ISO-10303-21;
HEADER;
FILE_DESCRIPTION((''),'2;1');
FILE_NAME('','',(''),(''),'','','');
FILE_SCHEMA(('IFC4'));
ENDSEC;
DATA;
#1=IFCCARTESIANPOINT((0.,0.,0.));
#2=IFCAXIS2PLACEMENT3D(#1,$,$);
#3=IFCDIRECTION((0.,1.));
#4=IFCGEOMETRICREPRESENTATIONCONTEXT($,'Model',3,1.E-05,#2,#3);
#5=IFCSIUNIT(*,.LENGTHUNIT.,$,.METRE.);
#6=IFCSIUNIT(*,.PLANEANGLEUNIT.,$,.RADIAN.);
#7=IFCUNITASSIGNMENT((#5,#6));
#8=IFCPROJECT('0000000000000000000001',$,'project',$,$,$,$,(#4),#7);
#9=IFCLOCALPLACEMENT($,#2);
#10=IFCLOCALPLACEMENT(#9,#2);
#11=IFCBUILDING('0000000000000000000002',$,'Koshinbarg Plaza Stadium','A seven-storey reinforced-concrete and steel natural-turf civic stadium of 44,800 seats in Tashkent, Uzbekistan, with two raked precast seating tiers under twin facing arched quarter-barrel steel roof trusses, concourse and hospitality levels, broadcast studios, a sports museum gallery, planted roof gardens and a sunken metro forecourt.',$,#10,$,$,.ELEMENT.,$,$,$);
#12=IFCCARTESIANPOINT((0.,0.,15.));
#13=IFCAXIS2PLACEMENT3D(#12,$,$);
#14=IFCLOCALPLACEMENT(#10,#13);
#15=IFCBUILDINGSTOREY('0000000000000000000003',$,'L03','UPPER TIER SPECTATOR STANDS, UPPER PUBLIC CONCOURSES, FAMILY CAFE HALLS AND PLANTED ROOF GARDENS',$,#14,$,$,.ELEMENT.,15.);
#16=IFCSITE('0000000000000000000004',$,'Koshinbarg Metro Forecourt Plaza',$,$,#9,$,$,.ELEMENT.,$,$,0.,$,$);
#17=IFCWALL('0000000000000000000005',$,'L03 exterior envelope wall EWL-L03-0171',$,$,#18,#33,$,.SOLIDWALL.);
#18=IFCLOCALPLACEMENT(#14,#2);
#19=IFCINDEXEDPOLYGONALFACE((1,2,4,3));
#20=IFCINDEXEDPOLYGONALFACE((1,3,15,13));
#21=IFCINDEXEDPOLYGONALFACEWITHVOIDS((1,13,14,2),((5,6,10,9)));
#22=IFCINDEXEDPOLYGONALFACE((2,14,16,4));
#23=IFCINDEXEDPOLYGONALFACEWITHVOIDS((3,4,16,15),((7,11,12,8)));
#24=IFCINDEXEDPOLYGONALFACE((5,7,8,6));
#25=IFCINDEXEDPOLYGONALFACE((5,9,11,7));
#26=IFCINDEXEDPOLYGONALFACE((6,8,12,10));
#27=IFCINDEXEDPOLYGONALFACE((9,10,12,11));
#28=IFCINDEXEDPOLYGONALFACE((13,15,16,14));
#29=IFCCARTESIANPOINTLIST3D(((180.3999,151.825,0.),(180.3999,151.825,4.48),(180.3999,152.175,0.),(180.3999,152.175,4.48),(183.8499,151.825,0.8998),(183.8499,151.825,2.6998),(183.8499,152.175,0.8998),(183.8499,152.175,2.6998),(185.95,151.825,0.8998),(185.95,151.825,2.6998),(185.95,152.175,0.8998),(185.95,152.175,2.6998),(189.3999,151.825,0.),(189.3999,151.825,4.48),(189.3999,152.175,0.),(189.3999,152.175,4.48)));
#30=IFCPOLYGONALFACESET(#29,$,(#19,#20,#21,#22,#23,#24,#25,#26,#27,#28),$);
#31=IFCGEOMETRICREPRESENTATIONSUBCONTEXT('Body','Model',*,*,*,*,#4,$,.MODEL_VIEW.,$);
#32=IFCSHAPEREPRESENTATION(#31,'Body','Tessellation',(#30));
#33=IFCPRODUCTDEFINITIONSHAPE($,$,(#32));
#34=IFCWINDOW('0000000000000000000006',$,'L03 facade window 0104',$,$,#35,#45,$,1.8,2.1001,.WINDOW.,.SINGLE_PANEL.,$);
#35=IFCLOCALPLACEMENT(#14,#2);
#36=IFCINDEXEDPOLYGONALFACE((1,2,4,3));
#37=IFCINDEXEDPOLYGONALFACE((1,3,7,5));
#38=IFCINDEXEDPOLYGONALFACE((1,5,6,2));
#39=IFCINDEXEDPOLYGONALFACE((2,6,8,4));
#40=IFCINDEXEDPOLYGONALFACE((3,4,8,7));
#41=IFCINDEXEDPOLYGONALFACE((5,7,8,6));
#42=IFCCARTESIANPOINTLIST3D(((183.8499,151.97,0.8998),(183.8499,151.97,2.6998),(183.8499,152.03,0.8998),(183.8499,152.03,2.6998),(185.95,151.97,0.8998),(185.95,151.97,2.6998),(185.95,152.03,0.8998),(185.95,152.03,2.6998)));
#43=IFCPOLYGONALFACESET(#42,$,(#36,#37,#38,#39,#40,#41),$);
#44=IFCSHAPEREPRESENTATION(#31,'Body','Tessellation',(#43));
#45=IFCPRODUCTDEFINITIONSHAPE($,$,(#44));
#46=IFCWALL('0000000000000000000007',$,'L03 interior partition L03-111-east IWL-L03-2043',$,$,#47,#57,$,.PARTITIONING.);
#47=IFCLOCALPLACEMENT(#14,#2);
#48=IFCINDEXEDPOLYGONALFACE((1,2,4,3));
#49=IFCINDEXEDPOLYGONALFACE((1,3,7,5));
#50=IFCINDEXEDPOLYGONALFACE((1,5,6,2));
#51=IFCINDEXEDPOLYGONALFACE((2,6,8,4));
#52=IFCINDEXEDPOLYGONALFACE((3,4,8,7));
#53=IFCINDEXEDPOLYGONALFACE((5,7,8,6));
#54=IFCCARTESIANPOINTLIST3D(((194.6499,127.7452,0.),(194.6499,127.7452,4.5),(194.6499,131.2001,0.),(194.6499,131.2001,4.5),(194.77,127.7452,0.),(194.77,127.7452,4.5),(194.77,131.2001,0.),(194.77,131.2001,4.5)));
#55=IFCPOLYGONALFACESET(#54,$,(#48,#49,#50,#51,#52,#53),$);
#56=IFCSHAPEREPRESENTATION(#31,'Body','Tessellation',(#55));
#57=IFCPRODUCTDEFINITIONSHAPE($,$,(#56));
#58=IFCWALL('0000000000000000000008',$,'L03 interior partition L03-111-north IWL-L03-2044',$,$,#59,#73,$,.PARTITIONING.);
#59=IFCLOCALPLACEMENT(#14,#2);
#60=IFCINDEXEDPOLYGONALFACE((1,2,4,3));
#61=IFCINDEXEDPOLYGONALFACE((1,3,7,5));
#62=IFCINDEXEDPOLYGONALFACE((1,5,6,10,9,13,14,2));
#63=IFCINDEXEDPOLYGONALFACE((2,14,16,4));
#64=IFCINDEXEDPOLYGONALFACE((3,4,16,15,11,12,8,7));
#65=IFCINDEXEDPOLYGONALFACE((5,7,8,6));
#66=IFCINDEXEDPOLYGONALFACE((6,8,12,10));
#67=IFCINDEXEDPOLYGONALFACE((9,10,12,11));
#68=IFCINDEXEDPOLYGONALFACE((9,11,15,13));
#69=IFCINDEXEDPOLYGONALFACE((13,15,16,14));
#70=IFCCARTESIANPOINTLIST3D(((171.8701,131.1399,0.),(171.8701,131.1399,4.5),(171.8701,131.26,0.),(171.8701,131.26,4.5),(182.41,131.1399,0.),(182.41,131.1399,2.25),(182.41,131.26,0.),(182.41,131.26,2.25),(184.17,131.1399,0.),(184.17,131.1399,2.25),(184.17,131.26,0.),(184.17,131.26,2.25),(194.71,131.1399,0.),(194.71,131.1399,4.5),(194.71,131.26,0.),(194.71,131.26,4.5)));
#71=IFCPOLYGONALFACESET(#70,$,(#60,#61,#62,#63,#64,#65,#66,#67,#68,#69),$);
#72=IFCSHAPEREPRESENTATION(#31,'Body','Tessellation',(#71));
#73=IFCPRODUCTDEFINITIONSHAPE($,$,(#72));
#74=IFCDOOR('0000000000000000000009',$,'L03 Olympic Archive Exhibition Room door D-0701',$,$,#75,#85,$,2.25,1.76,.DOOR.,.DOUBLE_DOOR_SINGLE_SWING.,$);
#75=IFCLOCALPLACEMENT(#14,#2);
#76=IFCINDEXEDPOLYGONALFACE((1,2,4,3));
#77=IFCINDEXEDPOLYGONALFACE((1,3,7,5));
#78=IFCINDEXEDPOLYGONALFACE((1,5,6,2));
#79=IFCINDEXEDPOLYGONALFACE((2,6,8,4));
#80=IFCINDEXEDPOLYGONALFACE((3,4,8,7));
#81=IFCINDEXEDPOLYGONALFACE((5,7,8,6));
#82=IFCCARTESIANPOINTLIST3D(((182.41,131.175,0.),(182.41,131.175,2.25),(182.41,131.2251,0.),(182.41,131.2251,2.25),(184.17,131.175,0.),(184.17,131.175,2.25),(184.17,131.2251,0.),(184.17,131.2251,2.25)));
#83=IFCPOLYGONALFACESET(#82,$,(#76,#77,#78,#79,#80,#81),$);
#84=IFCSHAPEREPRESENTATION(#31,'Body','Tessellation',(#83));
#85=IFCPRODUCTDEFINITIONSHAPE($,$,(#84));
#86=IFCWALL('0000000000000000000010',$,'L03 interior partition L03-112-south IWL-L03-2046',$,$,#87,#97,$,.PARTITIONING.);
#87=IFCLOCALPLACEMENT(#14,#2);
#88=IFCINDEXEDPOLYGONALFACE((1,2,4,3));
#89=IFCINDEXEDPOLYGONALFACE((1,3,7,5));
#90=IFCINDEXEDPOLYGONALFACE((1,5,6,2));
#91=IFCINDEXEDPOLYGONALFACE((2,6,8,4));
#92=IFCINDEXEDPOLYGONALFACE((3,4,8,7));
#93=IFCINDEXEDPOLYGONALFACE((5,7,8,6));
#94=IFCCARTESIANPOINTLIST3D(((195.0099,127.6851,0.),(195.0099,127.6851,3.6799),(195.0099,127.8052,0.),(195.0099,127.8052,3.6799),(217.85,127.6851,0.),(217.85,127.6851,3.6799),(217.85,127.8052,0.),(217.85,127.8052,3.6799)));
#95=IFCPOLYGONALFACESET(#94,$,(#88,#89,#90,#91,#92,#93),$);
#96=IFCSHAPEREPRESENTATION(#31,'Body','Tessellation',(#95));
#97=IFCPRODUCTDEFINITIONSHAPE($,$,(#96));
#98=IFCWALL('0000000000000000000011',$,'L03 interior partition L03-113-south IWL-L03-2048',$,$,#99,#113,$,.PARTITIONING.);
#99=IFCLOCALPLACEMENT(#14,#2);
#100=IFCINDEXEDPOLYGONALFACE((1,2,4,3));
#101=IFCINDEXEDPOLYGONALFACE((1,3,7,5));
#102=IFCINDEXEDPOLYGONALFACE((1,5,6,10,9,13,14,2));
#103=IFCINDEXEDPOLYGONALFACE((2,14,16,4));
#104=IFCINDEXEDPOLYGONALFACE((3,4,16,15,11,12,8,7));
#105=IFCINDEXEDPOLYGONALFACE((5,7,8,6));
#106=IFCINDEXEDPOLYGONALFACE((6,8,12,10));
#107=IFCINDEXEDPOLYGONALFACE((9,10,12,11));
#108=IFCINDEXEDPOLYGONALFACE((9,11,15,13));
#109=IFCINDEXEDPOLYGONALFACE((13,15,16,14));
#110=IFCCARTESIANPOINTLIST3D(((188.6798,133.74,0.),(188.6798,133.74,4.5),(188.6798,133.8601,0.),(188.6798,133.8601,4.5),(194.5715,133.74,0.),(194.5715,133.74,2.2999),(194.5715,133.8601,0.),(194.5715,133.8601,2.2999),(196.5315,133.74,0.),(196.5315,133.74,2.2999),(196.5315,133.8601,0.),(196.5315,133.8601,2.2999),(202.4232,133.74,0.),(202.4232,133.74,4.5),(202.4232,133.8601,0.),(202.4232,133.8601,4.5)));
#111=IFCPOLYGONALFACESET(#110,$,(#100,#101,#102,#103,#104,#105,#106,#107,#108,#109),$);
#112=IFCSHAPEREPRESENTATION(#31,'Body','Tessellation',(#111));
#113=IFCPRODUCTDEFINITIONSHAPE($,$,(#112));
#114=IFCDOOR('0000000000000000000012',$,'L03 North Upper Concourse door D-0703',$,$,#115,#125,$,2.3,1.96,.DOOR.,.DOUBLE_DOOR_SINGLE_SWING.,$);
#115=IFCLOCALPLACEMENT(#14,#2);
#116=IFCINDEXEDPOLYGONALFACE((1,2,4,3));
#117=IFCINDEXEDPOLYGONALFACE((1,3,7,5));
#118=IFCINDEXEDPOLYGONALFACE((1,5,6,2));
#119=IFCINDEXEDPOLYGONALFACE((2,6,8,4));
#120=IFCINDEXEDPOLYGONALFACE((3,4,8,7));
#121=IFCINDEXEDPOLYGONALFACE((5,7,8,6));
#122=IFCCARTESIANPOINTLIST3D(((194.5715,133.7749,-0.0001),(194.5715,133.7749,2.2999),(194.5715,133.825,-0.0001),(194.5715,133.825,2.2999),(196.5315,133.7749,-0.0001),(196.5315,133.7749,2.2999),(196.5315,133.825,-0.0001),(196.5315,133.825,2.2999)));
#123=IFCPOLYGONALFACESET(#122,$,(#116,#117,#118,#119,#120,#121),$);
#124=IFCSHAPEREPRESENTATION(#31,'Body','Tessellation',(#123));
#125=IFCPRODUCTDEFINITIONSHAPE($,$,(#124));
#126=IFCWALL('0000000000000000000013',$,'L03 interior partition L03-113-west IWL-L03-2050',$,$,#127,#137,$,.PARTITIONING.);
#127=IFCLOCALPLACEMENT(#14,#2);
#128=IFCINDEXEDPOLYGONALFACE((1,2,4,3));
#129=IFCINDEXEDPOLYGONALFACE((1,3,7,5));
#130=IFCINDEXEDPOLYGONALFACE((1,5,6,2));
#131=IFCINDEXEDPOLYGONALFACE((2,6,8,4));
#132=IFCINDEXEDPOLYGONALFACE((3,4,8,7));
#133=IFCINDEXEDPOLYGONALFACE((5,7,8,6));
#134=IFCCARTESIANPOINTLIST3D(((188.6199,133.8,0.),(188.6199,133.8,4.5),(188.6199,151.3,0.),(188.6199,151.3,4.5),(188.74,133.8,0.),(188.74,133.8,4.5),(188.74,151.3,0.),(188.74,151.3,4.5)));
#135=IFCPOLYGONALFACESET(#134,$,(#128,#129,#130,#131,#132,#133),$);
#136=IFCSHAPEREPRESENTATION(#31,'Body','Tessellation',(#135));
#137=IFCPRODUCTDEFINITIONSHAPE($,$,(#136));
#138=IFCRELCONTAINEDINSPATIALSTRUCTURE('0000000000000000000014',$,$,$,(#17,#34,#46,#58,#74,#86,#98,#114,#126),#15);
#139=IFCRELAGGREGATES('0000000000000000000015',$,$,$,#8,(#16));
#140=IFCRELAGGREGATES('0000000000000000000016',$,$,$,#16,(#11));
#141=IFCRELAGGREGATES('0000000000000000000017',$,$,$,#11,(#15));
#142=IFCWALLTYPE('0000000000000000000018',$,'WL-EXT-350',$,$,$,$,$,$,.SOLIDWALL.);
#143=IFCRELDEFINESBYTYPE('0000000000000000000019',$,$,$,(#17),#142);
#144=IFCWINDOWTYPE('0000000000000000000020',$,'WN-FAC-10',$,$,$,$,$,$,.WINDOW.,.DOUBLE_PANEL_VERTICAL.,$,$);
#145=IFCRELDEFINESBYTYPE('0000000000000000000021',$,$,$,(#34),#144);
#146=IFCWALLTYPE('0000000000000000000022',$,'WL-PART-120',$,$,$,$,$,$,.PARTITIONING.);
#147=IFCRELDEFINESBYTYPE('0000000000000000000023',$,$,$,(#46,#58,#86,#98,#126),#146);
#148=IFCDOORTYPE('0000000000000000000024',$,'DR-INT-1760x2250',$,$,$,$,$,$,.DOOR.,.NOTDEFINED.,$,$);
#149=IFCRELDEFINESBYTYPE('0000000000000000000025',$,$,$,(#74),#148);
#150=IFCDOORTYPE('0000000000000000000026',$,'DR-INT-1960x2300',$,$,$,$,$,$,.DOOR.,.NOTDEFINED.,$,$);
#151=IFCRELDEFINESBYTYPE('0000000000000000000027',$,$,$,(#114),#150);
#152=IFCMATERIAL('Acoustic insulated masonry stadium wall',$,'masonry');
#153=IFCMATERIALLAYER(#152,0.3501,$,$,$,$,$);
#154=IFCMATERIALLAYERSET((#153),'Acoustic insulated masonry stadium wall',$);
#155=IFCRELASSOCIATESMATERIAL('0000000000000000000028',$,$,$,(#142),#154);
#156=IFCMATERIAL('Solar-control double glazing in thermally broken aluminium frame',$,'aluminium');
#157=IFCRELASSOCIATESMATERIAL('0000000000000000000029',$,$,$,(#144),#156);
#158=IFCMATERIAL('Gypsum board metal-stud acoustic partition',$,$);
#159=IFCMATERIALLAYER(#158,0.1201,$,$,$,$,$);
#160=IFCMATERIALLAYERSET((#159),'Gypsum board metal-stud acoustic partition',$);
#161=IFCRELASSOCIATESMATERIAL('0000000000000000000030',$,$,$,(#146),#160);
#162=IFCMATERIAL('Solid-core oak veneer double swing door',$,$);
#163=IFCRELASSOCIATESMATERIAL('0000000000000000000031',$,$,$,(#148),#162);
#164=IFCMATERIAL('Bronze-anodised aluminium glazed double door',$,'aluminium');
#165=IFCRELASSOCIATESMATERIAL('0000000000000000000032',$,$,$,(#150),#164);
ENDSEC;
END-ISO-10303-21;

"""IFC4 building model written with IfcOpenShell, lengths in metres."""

from ifc_helpers import new_model, si_unit, direction, frame, frame_2d, origin, place, context, subcontext, project, spatial, rectangle, extrude, material, layer, layer_set, type_object, element, fill, save


model = new_model("IFC4")

# Units and contexts
model_context = context("Model", 3, precision=1e-05, world=origin(), true_north=direction((0.0, 1.0)))
body_context = subcontext(model_context, "Body", "Model", "MODEL_VIEW")
ifc_project = project(units=[si_unit("LENGTHUNIT", "METRE"), si_unit("PLANEANGLEUNIT", "RADIAN")], contexts=[model_context])

# Site, building, storey
site_placement = place(None, origin())
site = spatial("IfcSite", under=ifc_project, at=site_placement, Name="Koshinbarg Metro Forecourt Plaza", CompositionType="ELEMENT", RefElevation=0.0)
building_placement = place(site_placement, origin())
building = spatial("IfcBuilding", under=site, at=building_placement, Name="Koshinbarg Plaza Stadium", Description="A seven-storey reinforced-concrete and steel natural-turf civic stadium of 44,800 seats in Tashkent, Uzbekistan, with two raked precast seating tiers under twin facing arched quarter-barrel steel roof trusses, concourse and hospitality levels, broadcast studios, a sports museum gallery, planted roof gardens and a sunken metro forecourt.", CompositionType="ELEMENT")
storey_placement = place(building_placement, frame((0.0, 0.0, 15.0)))
storey = spatial("IfcBuildingStorey", under=building, at=storey_placement, Name="L03", Description="UPPER TIER SPECTATOR STANDS, UPPER PUBLIC CONCOURSES, FAMILY CAFE HALLS AND PLANTED ROOF GARDENS", CompositionType="ELEMENT", Elevation=15.0)

# Wall, opening, window
ifc_material_1 = material(Name="Solar-control double glazing in thermally broken aluminium frame", Category="aluminium")
ifc_material_2 = material(Name="Acoustic insulated masonry stadium wall", Category="masonry")
ifc_layer_1 = layer(ifc_material_2, 0.3501)
ifc_layer_set_1 = layer_set([ifc_layer_1], Name="Acoustic insulated masonry stadium wall")
wall_type_1 = type_object("IfcWallType", Name="WL-EXT-350", PredefinedType="SOLIDWALL", material=ifc_layer_set_1)
wall_1_placement = place(storey_placement, frame((180.3999, 152.0, 0.0), z_axis=(0.0, 0.0, 1.0), x_axis=(1.0, 0.0, 0.0)))
wall_1 = element("IfcWall", 1, at=wall_1_placement, inside=storey, type_object=wall_type_1, Name="L03 exterior envelope wall EWL-L03-0171", PredefinedType="SOLIDWALL", context=body_context, shape_type="SweptSolid", body=[
    extrude(rectangle(XDim=9.0, YDim=0.3501, at=frame_2d((4.5, 0.0))), origin(), (0.0, 0.0, 1.0), 4.48),
])
opening_1_placement = place(wall_1_placement, frame((3.45, 0.0, 0.8999)))
opening_1 = element("IfcOpeningElement", 2, at=opening_1_placement, cuts=wall_1, PredefinedType="OPENING", context=body_context, shape_type="SweptSolid", body=[
    extrude(rectangle(XDim=2.1001, YDim=1.8, at=frame_2d((1.05, 0.8999))), frame((0.0, 0.1851, 0.0), z_axis=(0.0, -1.0, 0.0), x_axis=(1.0, 0.0, 0.0)), (0.0, 0.0, 1.0), 0.3701),
])
window_type_1 = type_object("IfcWindowType", Name="WN-FAC-10", PartitioningType="DOUBLE_PANEL_VERTICAL", PredefinedType="WINDOW", material=ifc_material_1)
window_1_placement = place(opening_1_placement, origin())
window_1 = element("IfcWindow", 3, at=window_1_placement, inside=storey, type_object=window_type_1, Name="L03 facade window 0104", OverallHeight=1.8, OverallWidth=2.1001, PartitioningType="SINGLE_PANEL", PredefinedType="WINDOW", context=body_context, shape_type="SweptSolid", body=[
    extrude(rectangle(XDim=2.1001, YDim=1.8, at=frame_2d((1.05, 0.8999))), frame((0.0, 0.03, 0.0), z_axis=(0.0, -1.0, 0.0), x_axis=(1.0, 0.0, 0.0)), (0.0, 0.0, 1.0), 0.0601),
])
fill(opening_1, window_1)

# Wall
ifc_material_3 = material(Name="Gypsum board metal-stud acoustic partition")
ifc_layer_2 = layer(ifc_material_3, 0.1201)
ifc_layer_set_2 = layer_set([ifc_layer_2], Name="Gypsum board metal-stud acoustic partition")
wall_type_2 = type_object("IfcWallType", Name="WL-PART-120", PredefinedType="PARTITIONING", material=ifc_layer_set_2)
wall_2_placement = place(storey_placement, frame((194.71, 127.7451, 0.0), z_axis=(0.0, 0.0, 1.0), x_axis=(0.0, 1.0, 0.0)))
element("IfcWall", 4, at=wall_2_placement, inside=storey, type_object=wall_type_2, Name="L03 interior partition L03-111-east IWL-L03-2043", PredefinedType="PARTITIONING", context=body_context, shape_type="SweptSolid", body=[
    extrude(rectangle(XDim=3.4548, YDim=0.1201, at=frame_2d((1.7275, 0.0))), origin(), (0.0, 0.0, 1.0), 4.5),
])

# Wall, opening, door
wall_3_placement = place(storey_placement, frame((194.71, 131.2, 0.0), z_axis=(0.0, 0.0, 1.0), x_axis=(-1.0, 0.0, 0.0)))
wall_3 = element("IfcWall", 5, at=wall_3_placement, inside=storey, type_object=wall_type_2, Name="L03 interior partition L03-111-north IWL-L03-2044", PredefinedType="PARTITIONING", context=body_context, shape_type="SweptSolid", body=[
    extrude(rectangle(XDim=22.8398, YDim=0.1201, at=frame_2d((11.4199, 0.0))), origin(), (0.0, 0.0, 1.0), 4.5),
])
opening_2_placement = place(wall_3_placement, frame((10.54, 0.0, 0.0)))
opening_2 = element("IfcOpeningElement", 6, at=opening_2_placement, cuts=wall_3, PredefinedType="OPENING", context=body_context, shape_type="SweptSolid", body=[
    extrude(rectangle(XDim=1.76, YDim=2.25, at=frame_2d((0.8799, 1.125))), frame((0.0, 0.0701, 0.0), z_axis=(0.0, -1.0, 0.0), x_axis=(1.0, 0.0, 0.0)), (0.0, 0.0, 1.0), 0.1401),
])
ifc_material_4 = material(Name="Solid-core oak veneer double swing door")
door_type_1 = type_object("IfcDoorType", Name="DR-INT-1760x2250", OperationType="NOTDEFINED", PredefinedType="DOOR", material=ifc_material_4)
door_1_placement = place(opening_2_placement, origin())
door_1 = element("IfcDoor", 7, at=door_1_placement, inside=storey, type_object=door_type_1, Name="L03 Olympic Archive Exhibition Room door D-0701", OperationType="DOUBLE_DOOR_SINGLE_SWING", OverallHeight=2.25, OverallWidth=1.76, PredefinedType="DOOR", context=body_context, shape_type="SweptSolid", body=[
    extrude(rectangle(XDim=1.76, YDim=2.25, at=frame_2d((0.8799, 1.125))), frame((0.0, 0.0249, 0.0), z_axis=(0.0, -1.0, 0.0), x_axis=(1.0, 0.0, 0.0)), (0.0, 0.0, 1.0), 0.05),
])
fill(opening_2, door_1)

# Wall
wall_4_placement = place(storey_placement, frame((195.01, 127.7451, 0.0), z_axis=(0.0, 0.0, 1.0), x_axis=(1.0, 0.0, 0.0)))
element("IfcWall", 8, at=wall_4_placement, inside=storey, type_object=wall_type_2, Name="L03 interior partition L03-112-south IWL-L03-2046", PredefinedType="PARTITIONING", context=body_context, shape_type="SweptSolid", body=[
    extrude(rectangle(XDim=22.8401, YDim=0.1201, at=frame_2d((11.4199, 0.0))), origin(), (0.0, 0.0, 1.0), 3.6799),
])

# Wall, opening, door
wall_5_placement = place(storey_placement, frame((188.6799, 133.8, 0.0), z_axis=(0.0, 0.0, 1.0), x_axis=(1.0, 0.0, 0.0)))
wall_5 = element("IfcWall", 9, at=wall_5_placement, inside=storey, type_object=wall_type_2, Name="L03 interior partition L03-113-south IWL-L03-2048", PredefinedType="PARTITIONING", context=body_context, shape_type="SweptSolid", body=[
    extrude(rectangle(XDim=13.7434, YDim=0.1201, at=frame_2d((6.8716, 0.0))), origin(), (0.0, 0.0, 1.0), 4.5),
])
opening_3_placement = place(wall_5_placement, frame((5.8916, 0.0, 0.0)))
opening_3 = element("IfcOpeningElement", 10, at=opening_3_placement, cuts=wall_5, PredefinedType="OPENING", context=body_context, shape_type="SweptSolid", body=[
    extrude(rectangle(XDim=1.96, YDim=2.3, at=frame_2d((0.98, 1.1499))), frame((0.0, 0.0701, 0.0), z_axis=(0.0, -1.0, 0.0), x_axis=(1.0, 0.0, 0.0)), (0.0, 0.0, 1.0), 0.1401),
])
ifc_material_5 = material(Name="Bronze-anodised aluminium glazed double door", Category="aluminium")
door_type_2 = type_object("IfcDoorType", Name="DR-INT-1960x2300", OperationType="NOTDEFINED", PredefinedType="DOOR", material=ifc_material_5)
door_2_placement = place(opening_3_placement, origin())
door_2 = element("IfcDoor", 11, at=door_2_placement, inside=storey, type_object=door_type_2, Name="L03 North Upper Concourse door D-0703", OperationType="DOUBLE_DOOR_SINGLE_SWING", OverallHeight=2.3, OverallWidth=1.96, PredefinedType="DOOR", context=body_context, shape_type="SweptSolid", body=[
    extrude(rectangle(XDim=1.96, YDim=2.3, at=frame_2d((0.98, 1.1499))), frame((0.0, 0.0249, 0.0), z_axis=(0.0, -1.0, 0.0), x_axis=(1.0, 0.0, 0.0)), (0.0, 0.0, 1.0), 0.05),
])
fill(opening_3, door_2)

# Wall
wall_6_placement = place(storey_placement, frame((188.6799, 151.3, 0.0), z_axis=(0.0, 0.0, 1.0), x_axis=(0.0, -1.0, 0.0)))
element("IfcWall", 12, at=wall_6_placement, inside=storey, type_object=wall_type_2, Name="L03 interior partition L03-113-west IWL-L03-2050", PredefinedType="PARTITIONING", context=body_context, shape_type="SweptSolid", body=[
    extrude(rectangle(XDim=17.5, YDim=0.1201, at=frame_2d((8.75, 0.0))), origin(), (0.0, 0.0, 1.0), 4.5),
])

save(model, "model.ifc")
